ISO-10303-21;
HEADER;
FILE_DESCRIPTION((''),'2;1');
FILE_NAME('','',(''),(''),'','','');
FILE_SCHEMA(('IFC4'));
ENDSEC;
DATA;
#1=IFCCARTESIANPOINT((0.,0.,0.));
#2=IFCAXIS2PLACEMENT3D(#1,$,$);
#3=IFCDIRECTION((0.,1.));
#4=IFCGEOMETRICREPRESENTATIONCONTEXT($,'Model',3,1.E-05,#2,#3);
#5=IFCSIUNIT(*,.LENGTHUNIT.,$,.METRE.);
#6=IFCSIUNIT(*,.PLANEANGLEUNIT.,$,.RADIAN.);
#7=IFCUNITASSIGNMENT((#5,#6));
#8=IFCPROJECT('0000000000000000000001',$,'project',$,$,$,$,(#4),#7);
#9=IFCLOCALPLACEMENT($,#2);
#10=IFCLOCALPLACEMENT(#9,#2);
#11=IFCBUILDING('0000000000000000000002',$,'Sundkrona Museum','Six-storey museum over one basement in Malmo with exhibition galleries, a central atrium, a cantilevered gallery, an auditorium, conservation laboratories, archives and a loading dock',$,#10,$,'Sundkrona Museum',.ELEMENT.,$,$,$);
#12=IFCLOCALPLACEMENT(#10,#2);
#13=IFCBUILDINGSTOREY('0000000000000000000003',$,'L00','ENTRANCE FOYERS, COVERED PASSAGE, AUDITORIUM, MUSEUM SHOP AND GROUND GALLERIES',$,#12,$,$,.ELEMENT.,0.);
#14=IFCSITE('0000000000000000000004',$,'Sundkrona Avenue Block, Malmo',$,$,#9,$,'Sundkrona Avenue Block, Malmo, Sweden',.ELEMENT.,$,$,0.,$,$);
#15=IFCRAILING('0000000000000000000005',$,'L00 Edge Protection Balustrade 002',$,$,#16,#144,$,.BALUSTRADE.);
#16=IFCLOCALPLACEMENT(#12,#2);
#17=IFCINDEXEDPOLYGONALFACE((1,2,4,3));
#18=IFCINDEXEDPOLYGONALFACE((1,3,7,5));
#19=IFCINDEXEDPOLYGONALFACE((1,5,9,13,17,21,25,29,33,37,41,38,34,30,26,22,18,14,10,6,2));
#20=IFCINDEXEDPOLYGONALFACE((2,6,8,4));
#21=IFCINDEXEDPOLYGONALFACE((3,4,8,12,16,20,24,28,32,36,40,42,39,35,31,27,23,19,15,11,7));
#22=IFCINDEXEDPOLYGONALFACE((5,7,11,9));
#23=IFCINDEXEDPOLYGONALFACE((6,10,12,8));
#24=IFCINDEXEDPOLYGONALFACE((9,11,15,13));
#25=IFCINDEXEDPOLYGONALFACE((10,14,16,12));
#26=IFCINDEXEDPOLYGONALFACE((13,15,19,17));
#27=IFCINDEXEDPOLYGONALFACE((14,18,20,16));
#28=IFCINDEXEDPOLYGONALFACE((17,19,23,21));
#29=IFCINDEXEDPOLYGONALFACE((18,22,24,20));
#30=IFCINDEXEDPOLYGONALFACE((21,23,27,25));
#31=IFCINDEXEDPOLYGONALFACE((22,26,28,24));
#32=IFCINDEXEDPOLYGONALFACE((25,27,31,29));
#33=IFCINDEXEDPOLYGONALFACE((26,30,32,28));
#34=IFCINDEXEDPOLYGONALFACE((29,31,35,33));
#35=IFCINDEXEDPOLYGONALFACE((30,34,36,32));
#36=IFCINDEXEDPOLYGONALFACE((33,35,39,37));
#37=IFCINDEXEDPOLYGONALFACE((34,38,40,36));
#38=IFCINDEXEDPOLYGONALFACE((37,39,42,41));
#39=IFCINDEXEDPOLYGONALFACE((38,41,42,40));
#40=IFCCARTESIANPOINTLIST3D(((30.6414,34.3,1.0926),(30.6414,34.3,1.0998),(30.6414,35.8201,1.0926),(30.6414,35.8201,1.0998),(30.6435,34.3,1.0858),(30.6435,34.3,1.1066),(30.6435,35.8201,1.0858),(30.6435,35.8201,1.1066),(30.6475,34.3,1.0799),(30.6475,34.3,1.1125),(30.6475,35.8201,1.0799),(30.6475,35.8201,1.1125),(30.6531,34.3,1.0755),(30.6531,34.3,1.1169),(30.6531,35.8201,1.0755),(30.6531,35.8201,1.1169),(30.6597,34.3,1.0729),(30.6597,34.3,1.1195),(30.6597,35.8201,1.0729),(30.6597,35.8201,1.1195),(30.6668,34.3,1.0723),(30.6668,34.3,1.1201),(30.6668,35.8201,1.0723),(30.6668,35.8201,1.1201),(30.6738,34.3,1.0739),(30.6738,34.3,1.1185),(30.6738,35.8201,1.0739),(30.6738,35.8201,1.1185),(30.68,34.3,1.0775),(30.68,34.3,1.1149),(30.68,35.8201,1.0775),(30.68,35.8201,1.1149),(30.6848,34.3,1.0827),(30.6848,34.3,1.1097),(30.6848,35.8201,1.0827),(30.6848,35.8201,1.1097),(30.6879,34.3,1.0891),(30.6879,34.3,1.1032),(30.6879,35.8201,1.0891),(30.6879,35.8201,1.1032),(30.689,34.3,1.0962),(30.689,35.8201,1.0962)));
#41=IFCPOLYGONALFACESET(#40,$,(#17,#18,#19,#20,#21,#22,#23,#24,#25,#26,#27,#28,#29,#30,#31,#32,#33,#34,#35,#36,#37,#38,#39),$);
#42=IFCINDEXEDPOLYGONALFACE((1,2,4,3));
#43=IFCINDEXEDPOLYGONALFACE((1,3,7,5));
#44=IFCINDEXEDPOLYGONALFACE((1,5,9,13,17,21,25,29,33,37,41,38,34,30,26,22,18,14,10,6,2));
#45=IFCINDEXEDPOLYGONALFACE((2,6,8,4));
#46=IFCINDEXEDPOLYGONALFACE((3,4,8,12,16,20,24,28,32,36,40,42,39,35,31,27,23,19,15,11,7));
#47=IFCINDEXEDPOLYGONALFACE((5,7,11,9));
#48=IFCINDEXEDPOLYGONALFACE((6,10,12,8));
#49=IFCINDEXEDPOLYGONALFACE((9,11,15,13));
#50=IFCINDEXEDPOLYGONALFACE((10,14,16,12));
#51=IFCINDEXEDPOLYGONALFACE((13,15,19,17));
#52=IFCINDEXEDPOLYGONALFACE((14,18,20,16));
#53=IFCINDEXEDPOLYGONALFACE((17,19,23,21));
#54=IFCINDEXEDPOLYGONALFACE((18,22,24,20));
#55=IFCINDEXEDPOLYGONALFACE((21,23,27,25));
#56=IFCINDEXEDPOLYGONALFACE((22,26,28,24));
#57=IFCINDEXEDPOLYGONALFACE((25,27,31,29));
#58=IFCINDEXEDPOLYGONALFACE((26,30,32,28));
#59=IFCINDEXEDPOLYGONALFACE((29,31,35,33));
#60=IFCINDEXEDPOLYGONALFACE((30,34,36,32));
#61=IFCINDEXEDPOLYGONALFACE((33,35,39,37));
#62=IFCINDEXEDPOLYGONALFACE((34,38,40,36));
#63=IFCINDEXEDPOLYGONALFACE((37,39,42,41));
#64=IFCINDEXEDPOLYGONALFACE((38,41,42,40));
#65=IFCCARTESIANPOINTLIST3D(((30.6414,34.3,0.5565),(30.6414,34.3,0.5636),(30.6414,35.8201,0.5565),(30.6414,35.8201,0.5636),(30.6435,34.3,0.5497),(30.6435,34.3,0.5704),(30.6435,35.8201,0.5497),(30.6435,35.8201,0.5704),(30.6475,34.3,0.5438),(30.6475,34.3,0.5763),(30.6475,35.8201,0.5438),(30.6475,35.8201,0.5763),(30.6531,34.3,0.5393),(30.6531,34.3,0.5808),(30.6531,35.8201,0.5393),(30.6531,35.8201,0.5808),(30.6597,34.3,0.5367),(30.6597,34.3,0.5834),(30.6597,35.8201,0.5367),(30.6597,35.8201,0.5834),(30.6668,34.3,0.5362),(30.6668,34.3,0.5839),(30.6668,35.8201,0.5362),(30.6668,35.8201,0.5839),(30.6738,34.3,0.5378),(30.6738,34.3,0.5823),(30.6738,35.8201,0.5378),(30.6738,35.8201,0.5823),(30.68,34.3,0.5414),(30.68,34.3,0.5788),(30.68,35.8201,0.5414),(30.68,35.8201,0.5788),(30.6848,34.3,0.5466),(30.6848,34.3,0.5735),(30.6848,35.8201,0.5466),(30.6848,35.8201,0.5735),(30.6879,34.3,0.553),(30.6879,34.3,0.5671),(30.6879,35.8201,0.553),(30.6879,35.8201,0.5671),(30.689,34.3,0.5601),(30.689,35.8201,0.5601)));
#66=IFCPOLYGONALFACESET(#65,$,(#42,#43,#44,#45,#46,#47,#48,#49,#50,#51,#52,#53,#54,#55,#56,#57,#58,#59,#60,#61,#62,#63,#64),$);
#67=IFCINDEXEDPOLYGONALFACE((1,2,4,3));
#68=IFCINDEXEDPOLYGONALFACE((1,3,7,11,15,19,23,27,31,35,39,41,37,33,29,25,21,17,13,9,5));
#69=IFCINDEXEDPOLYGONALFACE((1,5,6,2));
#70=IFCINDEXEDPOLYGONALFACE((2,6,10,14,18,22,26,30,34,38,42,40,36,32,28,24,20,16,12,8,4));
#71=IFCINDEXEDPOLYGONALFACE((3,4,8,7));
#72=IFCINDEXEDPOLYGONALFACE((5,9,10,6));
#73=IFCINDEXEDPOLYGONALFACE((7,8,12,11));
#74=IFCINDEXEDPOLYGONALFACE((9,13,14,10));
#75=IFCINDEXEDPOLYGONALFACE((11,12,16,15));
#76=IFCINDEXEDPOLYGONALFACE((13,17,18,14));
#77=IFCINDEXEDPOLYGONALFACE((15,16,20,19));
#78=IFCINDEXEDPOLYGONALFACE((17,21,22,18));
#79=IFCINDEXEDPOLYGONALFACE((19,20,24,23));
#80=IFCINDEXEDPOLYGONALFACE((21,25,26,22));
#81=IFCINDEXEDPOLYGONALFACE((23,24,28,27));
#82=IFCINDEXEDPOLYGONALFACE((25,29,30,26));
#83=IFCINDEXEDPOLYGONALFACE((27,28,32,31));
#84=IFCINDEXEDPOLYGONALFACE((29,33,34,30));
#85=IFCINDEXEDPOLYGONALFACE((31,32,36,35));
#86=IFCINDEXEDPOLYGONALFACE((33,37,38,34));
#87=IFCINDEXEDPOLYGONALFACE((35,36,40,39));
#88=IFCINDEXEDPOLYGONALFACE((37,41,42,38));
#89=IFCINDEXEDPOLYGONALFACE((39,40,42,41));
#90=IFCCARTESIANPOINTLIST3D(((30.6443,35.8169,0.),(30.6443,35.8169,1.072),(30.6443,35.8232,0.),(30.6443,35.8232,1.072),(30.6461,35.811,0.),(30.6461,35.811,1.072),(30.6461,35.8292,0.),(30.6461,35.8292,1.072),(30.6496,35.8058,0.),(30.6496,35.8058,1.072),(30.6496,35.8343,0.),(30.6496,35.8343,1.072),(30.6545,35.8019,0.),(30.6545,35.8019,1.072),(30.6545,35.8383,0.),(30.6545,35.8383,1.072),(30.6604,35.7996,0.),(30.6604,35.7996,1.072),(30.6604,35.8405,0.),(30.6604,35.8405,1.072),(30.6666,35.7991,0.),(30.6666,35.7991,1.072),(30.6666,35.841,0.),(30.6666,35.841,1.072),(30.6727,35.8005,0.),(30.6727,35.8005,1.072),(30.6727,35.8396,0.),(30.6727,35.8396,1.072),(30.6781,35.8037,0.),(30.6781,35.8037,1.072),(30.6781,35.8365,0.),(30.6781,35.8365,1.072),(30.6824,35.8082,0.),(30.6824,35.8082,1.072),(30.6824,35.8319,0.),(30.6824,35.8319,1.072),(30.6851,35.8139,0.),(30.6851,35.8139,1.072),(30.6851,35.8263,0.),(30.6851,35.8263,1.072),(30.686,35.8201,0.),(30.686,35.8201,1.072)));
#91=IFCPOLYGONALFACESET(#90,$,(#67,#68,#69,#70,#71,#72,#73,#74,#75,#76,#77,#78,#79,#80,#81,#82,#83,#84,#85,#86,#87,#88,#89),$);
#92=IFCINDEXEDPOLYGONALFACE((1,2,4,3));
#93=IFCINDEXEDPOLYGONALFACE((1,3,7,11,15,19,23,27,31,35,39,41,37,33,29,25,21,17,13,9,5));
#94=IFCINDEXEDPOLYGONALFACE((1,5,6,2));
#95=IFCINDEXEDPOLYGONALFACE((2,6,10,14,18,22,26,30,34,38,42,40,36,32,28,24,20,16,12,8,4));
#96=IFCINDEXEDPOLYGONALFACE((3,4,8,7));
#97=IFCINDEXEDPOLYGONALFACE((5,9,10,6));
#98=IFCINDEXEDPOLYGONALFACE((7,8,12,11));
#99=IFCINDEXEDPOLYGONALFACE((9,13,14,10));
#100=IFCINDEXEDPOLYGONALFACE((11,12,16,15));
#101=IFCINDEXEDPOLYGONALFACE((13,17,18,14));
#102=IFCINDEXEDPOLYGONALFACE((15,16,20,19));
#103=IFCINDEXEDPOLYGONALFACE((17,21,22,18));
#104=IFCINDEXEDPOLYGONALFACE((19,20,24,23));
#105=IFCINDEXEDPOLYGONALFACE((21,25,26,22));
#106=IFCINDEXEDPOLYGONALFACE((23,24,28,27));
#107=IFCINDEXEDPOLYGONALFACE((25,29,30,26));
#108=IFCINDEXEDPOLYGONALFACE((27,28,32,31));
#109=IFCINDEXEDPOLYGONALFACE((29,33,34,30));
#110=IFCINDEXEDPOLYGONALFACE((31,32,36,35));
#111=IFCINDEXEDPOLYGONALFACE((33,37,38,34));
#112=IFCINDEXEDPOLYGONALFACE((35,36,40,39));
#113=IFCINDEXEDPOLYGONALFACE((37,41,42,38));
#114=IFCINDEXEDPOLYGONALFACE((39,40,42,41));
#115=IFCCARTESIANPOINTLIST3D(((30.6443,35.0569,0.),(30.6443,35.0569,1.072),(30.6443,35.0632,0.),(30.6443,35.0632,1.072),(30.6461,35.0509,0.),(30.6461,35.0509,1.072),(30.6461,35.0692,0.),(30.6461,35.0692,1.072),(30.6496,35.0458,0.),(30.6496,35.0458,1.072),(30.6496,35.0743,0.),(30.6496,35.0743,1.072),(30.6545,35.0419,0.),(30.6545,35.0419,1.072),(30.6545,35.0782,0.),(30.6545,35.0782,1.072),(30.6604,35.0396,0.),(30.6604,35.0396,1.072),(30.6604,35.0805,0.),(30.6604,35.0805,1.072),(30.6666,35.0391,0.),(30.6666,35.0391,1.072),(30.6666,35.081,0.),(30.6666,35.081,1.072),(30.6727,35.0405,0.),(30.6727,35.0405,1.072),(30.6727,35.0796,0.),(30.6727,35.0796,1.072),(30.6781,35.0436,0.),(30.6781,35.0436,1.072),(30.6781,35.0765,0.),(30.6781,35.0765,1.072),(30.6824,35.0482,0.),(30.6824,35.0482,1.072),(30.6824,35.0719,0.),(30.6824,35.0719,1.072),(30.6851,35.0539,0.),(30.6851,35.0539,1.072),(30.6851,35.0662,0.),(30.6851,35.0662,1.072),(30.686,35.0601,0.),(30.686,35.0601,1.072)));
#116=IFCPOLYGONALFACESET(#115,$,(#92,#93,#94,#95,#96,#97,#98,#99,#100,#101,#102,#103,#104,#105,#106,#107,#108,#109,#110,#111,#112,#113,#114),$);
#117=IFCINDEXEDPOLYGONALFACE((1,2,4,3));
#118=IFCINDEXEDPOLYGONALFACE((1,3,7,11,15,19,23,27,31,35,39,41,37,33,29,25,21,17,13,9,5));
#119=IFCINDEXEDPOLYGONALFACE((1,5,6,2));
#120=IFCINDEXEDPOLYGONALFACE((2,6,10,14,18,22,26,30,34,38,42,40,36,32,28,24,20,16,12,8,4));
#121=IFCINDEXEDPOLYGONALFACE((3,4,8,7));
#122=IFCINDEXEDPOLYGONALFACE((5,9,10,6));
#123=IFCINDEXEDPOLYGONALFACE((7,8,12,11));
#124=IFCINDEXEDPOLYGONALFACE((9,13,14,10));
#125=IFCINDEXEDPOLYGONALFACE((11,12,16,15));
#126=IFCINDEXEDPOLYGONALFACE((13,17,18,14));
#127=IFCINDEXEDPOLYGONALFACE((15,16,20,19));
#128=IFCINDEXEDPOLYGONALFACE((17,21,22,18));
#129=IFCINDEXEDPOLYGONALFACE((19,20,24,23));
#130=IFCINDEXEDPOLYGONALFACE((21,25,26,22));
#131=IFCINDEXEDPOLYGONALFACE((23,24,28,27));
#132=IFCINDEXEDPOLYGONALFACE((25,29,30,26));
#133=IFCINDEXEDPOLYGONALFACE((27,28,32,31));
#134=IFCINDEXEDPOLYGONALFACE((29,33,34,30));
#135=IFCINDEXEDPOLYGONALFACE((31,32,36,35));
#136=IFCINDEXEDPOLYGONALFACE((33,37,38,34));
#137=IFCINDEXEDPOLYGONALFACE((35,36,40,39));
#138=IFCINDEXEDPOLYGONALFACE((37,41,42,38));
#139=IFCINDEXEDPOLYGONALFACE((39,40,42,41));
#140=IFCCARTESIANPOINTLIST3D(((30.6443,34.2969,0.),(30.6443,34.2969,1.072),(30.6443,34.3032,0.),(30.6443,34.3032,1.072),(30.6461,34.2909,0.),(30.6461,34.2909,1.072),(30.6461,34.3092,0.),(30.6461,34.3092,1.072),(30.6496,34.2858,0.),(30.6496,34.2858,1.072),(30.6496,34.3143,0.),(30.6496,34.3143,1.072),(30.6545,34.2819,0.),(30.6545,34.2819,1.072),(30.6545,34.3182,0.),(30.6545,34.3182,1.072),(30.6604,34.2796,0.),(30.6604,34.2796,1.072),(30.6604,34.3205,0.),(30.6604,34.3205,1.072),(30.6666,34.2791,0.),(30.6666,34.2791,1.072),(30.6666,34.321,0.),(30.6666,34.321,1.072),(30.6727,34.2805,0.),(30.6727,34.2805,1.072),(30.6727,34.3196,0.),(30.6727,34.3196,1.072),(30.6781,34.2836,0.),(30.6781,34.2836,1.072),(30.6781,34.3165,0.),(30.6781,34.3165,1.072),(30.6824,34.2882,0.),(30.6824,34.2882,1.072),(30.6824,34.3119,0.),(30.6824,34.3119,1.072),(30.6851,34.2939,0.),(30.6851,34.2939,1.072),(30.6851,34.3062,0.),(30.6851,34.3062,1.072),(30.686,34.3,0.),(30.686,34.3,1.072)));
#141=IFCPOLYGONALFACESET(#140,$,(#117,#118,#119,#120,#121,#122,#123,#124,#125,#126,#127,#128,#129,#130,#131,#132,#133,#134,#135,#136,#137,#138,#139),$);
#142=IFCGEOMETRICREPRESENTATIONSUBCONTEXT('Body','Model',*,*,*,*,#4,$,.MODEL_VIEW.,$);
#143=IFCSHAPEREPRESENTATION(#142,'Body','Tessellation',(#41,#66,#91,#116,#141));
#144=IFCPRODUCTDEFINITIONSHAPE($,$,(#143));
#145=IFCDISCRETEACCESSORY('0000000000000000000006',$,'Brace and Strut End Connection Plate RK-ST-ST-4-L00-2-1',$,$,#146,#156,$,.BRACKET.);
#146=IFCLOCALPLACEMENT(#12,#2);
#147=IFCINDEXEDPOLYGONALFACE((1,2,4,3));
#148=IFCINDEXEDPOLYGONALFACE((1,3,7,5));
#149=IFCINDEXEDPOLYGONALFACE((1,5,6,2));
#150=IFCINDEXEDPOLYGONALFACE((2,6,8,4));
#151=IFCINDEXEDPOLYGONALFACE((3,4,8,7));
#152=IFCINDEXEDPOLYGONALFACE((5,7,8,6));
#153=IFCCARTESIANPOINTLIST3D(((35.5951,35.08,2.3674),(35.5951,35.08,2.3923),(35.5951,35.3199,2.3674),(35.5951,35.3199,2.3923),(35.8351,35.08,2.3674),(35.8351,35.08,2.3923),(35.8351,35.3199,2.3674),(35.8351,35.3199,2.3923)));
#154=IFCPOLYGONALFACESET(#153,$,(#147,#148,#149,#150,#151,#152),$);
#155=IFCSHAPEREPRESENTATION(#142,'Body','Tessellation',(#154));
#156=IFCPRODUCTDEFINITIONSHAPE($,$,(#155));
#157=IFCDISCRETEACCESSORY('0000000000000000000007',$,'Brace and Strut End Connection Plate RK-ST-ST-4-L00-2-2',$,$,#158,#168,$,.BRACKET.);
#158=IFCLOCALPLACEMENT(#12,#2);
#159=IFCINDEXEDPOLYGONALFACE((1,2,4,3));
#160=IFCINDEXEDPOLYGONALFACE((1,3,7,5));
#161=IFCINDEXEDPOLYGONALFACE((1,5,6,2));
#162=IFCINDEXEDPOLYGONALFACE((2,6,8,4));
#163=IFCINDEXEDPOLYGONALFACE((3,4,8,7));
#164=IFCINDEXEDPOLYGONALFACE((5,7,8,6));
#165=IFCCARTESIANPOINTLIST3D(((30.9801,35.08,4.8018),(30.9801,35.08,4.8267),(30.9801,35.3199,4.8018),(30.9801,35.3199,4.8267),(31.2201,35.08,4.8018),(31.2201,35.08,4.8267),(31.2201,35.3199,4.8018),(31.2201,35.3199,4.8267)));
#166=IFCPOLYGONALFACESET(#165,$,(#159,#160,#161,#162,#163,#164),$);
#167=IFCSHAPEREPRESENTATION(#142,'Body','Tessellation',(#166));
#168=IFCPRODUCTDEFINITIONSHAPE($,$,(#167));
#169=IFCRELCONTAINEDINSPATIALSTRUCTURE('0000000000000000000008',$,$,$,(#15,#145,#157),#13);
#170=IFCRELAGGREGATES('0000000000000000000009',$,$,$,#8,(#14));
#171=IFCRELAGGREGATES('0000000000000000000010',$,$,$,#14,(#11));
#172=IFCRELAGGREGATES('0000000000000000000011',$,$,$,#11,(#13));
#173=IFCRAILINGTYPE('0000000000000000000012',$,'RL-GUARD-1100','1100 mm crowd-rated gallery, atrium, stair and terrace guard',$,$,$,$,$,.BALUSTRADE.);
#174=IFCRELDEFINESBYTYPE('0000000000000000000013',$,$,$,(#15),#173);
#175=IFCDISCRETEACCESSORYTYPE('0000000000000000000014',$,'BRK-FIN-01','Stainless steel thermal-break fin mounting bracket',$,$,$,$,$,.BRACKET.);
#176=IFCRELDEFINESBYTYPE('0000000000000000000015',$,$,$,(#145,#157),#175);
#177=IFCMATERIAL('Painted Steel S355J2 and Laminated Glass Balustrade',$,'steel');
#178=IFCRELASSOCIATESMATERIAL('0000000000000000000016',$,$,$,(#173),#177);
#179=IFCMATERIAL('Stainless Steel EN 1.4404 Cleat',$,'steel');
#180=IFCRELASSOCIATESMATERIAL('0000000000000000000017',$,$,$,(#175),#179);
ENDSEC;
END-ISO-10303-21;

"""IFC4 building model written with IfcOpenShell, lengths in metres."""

from ifc_helpers import new_model, si_unit, direction, frame, origin, origin_2d, place, context, subcontext, project, spatial, rectangle, circle, extrude, material, type_object, element, save


model = new_model("IFC4")

# Units and contexts
model_context = context("Model", 3, precision=1e-05, world=origin(), true_north=direction((0.0, 1.0)))
body_context = subcontext(model_context, "Body", "Model", "MODEL_VIEW")
ifc_project = project(units=[si_unit("LENGTHUNIT", "METRE"), si_unit("PLANEANGLEUNIT", "RADIAN")], contexts=[model_context])

# Site, building, storey
site_placement = place(None, origin())
site = spatial("IfcSite", under=ifc_project, at=site_placement, Name="Sundkrona Avenue Block, Malmo", LongName="Sundkrona Avenue Block, Malmo, Sweden", CompositionType="ELEMENT", RefElevation=0.0)
building_placement = place(site_placement, origin())
building = spatial("IfcBuilding", under=site, at=building_placement, Name="Sundkrona Museum", Description="Six-storey museum over one basement in Malmo with exhibition galleries, a central atrium, a cantilevered gallery, an auditorium, conservation laboratories, archives and a loading dock", LongName="Sundkrona Museum", CompositionType="ELEMENT")
storey_placement = place(building_placement, origin())
storey = spatial("IfcBuildingStorey", under=building, at=storey_placement, Name="L00", Description="ENTRANCE FOYERS, COVERED PASSAGE, AUDITORIUM, MUSEUM SHOP AND GROUND GALLERIES", CompositionType="ELEMENT", Elevation=0.0)

# Railing
ifc_material_1 = material(Name="Painted Steel S355J2 and Laminated Glass Balustrade", Category="steel")
railing_type_1 = type_object("IfcRailingType", Name="RL-GUARD-1100", Description="1100 mm crowd-rated gallery, atrium, stair and terrace guard", PredefinedType="BALUSTRADE", material=ifc_material_1)
railing_1_placement = place(storey_placement, frame((30.665, 35.8201, 0.0)))
element("IfcRailing", 1, at=railing_1_placement, inside=storey, type_object=railing_type_1, Name="L00 Edge Protection Balustrade 002", PredefinedType="BALUSTRADE", context=body_context, shape_type="SweptSolid", body=[
    extrude(circle(Radius=0.0239, at=origin_2d()), frame((0.0, 0.0, 1.0962), z_axis=(0.0, -1.0, 0.0), x_axis=(1.0, 0.0, 0.0)), (0.0, 0.0, 1.0), 1.52),
    extrude(circle(Radius=0.0239, at=origin_2d()), frame((0.0, 0.0, 0.5601), z_axis=(0.0, -1.0, 0.0), x_axis=(1.0, 0.0, 0.0)), (0.0, 0.0, 1.0), 1.52),
    extrude(circle(Radius=0.021, at=origin_2d()), origin(), (0.0, 0.0, 1.0), 1.072),
    extrude(circle(Radius=0.021, at=origin_2d()), frame((0.0, -0.76, 0.0)), (0.0, 0.0, 1.0), 1.072),
    extrude(circle(Radius=0.021, at=origin_2d()), frame((0.0, -1.52, 0.0)), (0.0, 0.0, 1.0), 1.072),
])

# Discrete accessories
ifc_material_2 = material(Name="Stainless Steel EN 1.4404 Cleat", Category="steel")
discrete_accessory_type = type_object("IfcDiscreteAccessoryType", Name="BRK-FIN-01", Description="Stainless steel thermal-break fin mounting bracket", PredefinedType="BRACKET", material=ifc_material_2)
for number, where, z_axis, x_axis, name in (
    (2, (35.7151, 35.2, 2.3674), (0.0, 0.0, 1.0), (1.0, 0.0, 0.0), "Brace and Strut End Connection Plate RK-ST-ST-4-L00-2-1"),
    (3, (31.1001, 35.2, 4.8018), (0.0, 0.0, 1.0), (1.0, 0.0, 0.0), "Brace and Strut End Connection Plate RK-ST-ST-4-L00-2-2"),
):
    element("IfcDiscreteAccessory", number, at=place(storey_placement, frame(where, z_axis=z_axis, x_axis=x_axis)), inside=storey, type_object=discrete_accessory_type, Name=name, PredefinedType="BRACKET", context=body_context, shape_type="SweptSolid", body=[
        extrude(rectangle(XDim=0.24, YDim=0.24, at=origin_2d()), origin(), (0.0, 0.0, 1.0), 0.0249),
    ])

save(model, "model.ifc")
